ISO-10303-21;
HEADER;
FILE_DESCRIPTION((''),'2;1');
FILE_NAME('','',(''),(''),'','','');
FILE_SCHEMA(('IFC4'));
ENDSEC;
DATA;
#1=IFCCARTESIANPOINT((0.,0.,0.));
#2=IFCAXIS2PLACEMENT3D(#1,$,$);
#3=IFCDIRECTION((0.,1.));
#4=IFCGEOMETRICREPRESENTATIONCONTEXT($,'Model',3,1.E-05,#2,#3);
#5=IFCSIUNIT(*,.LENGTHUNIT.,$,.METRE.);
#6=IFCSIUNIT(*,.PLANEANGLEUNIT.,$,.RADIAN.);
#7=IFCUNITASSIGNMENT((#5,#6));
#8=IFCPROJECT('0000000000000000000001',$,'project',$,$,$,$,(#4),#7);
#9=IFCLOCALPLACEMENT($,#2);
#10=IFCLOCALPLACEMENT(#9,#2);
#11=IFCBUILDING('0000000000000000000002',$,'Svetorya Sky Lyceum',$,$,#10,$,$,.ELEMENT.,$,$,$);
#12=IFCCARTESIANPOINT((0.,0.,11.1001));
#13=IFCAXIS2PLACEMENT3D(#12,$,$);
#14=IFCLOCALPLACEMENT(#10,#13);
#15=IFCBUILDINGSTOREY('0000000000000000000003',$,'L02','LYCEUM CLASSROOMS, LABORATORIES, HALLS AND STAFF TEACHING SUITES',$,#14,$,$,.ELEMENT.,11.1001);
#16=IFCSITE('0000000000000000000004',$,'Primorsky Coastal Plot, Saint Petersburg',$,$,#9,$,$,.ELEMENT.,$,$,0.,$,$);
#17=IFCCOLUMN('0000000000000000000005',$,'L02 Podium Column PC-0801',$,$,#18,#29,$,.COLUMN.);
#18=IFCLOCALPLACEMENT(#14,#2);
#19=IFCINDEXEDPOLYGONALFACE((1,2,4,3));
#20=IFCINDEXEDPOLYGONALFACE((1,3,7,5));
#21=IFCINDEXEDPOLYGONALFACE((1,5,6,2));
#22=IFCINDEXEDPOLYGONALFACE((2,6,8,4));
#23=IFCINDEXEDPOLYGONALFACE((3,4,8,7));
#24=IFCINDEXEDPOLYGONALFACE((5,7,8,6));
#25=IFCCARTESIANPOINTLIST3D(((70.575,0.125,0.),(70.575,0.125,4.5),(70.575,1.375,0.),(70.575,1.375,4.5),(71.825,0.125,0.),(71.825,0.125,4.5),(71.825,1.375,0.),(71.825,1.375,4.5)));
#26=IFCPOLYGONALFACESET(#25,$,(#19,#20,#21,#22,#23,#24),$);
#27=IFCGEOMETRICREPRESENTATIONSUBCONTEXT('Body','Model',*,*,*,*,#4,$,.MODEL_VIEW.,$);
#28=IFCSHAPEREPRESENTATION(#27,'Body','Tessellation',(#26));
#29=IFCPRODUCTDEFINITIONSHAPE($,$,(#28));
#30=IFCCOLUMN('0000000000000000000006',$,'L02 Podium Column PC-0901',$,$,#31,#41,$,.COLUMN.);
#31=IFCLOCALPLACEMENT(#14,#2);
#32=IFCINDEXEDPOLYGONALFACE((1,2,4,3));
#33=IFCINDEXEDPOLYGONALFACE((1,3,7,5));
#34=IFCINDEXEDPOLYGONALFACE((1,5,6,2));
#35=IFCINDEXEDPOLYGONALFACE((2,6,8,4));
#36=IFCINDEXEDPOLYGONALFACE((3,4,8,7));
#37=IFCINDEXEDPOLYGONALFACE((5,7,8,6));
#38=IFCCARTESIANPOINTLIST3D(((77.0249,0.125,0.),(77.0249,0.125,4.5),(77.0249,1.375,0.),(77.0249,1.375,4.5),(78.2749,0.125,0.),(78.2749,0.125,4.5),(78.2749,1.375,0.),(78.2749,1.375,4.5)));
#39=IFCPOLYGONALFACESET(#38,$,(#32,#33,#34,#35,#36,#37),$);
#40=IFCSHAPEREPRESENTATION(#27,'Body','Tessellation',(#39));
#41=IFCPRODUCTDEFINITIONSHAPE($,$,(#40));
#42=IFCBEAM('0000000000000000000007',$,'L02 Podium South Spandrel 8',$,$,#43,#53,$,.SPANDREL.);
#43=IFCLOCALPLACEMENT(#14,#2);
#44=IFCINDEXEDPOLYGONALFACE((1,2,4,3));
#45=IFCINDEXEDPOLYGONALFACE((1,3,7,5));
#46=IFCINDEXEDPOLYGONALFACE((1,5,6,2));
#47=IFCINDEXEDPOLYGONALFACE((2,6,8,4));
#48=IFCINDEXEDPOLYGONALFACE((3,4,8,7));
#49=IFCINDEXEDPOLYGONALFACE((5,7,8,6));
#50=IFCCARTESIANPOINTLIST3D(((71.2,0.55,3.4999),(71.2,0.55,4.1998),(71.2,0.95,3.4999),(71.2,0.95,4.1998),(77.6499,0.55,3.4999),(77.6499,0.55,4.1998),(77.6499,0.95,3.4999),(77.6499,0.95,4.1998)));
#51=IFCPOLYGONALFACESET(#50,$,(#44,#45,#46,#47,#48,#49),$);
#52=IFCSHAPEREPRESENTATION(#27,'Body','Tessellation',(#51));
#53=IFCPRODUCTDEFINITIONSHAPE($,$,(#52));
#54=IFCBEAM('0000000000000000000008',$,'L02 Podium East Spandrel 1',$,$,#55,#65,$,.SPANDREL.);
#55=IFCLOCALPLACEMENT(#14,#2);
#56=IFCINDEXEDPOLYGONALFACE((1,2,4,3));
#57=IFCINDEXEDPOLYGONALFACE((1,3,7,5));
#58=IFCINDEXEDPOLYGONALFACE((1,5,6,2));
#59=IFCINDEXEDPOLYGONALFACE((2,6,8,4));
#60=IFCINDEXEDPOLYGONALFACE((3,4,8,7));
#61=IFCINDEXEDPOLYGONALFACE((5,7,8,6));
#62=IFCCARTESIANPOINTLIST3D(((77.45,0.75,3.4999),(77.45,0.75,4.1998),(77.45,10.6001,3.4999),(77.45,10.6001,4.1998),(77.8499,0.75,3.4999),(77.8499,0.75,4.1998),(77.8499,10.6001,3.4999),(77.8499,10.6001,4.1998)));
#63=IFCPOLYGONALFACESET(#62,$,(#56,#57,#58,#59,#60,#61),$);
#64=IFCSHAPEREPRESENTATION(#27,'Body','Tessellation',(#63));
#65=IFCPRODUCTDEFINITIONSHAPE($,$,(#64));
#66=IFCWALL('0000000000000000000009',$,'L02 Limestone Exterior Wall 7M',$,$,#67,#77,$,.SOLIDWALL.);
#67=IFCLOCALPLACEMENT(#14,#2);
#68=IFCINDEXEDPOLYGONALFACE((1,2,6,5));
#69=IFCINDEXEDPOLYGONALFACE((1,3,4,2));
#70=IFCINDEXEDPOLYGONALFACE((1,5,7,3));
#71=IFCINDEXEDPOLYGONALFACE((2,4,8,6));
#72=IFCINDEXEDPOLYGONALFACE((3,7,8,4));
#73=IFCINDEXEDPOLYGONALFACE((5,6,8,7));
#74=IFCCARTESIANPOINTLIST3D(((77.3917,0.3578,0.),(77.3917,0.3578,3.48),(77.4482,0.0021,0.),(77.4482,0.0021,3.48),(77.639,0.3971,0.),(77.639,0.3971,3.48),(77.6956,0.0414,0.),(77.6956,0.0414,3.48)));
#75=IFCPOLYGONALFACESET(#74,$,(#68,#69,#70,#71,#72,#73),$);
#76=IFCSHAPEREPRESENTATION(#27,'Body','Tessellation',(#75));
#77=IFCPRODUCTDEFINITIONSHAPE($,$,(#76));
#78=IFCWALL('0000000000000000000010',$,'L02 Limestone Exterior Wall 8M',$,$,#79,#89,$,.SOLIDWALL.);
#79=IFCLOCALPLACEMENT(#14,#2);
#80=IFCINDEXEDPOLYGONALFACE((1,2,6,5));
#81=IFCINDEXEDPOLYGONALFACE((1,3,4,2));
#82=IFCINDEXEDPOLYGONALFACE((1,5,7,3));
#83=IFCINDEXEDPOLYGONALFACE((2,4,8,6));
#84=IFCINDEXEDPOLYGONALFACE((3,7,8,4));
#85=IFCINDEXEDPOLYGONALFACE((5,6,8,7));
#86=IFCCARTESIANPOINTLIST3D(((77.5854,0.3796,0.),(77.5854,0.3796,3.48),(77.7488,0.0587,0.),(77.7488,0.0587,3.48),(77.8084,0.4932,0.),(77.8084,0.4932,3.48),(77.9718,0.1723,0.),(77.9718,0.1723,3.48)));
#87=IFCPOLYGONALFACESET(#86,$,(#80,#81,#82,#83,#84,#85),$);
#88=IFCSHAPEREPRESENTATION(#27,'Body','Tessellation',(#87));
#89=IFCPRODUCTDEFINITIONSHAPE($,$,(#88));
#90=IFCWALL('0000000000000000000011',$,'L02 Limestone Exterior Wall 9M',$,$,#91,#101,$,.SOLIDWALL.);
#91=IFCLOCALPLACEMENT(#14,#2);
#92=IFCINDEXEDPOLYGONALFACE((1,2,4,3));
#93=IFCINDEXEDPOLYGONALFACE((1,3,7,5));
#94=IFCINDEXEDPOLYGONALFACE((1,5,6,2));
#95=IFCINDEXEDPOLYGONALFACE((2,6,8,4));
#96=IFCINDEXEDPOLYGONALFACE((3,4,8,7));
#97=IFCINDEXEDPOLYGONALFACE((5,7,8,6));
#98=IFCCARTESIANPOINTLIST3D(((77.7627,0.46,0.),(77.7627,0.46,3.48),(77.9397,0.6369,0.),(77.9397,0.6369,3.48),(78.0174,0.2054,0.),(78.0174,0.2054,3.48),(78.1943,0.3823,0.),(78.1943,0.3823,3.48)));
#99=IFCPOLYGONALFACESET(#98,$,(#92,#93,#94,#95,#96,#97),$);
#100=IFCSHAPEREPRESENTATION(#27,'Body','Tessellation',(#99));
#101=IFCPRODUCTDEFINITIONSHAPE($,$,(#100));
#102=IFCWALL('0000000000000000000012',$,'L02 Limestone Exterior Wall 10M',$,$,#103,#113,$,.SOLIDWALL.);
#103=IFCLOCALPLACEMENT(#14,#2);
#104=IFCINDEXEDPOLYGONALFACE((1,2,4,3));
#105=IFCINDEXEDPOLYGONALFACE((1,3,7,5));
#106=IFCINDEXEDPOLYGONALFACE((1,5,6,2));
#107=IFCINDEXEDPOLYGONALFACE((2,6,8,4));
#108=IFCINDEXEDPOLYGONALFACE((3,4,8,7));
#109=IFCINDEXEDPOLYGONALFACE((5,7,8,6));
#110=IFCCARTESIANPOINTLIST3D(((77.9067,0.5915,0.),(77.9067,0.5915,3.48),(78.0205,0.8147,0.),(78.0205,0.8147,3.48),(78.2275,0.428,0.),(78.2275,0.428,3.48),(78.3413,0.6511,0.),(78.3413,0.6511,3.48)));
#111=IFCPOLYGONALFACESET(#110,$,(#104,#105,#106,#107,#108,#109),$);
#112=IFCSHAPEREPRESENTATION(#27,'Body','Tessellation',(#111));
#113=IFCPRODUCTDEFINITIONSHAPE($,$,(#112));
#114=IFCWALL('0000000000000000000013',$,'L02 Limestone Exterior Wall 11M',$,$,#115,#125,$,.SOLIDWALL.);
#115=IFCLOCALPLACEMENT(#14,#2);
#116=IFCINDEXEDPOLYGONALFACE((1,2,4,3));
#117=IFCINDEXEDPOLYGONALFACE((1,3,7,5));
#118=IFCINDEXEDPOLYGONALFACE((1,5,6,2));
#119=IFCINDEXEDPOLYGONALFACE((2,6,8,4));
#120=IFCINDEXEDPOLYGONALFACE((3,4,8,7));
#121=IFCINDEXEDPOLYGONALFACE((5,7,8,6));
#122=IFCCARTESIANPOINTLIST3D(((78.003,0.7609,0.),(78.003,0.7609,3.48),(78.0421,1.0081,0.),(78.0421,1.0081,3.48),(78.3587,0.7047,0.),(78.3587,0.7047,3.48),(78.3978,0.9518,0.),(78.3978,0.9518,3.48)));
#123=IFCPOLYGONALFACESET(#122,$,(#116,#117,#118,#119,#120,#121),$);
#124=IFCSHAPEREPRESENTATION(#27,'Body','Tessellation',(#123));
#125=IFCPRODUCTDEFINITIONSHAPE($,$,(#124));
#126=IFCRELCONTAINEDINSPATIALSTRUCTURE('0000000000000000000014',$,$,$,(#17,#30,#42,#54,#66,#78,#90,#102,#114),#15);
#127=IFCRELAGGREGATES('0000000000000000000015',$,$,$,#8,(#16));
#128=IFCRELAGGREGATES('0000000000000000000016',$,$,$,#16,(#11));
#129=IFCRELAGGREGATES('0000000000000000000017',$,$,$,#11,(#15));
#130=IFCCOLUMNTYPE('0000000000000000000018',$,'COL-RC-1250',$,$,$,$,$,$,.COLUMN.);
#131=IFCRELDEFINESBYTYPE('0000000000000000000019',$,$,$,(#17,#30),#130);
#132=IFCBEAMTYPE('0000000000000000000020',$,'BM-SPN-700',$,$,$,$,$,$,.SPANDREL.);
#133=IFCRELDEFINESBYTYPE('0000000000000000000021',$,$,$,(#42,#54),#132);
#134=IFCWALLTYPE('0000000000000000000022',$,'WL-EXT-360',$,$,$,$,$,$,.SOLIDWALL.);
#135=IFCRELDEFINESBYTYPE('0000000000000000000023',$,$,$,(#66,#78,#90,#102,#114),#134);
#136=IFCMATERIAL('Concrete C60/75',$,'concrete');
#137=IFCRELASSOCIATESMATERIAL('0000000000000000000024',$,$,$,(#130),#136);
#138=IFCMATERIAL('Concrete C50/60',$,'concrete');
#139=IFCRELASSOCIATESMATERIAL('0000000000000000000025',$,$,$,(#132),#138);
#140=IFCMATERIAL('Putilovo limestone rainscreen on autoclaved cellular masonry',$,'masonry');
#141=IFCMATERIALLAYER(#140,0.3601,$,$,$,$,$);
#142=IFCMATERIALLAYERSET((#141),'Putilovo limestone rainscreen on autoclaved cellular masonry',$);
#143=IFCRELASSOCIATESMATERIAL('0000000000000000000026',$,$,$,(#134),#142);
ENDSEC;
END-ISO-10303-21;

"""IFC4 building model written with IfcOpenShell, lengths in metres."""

from ifc_helpers import new_model, si_unit, direction, frame, frame_2d, origin, origin_2d, place, context, subcontext, project, spatial, rectangle, extrude, material, layer, layer_set, material_profile, profile_set, type_object, element, save


model = new_model("IFC4")

# Units and contexts
model_context = context("Model", 3, precision=1e-05, world=origin(), true_north=direction((0.0, 1.0)))
body_context = subcontext(model_context, "Body", "Model", "MODEL_VIEW")
ifc_project = project(units=[si_unit("LENGTHUNIT", "METRE"), si_unit("PLANEANGLEUNIT", "RADIAN")], contexts=[model_context])

# Site, building, storey
site_placement = place(None, origin())
site = spatial("IfcSite", under=ifc_project, at=site_placement, Name="Primorsky Coastal Plot, Saint Petersburg", CompositionType="ELEMENT", RefElevation=0.0)
building_placement = place(site_placement, origin())
building = spatial("IfcBuilding", under=site, at=building_placement, Name="Svetorya Sky Lyceum", CompositionType="ELEMENT")
storey_placement = place(building_placement, frame((0.0, 0.0, 11.1001)))
storey = spatial("IfcBuildingStorey", under=building, at=storey_placement, Name="L02", Description="LYCEUM CLASSROOMS, LABORATORIES, HALLS AND STAFF TEACHING SUITES", CompositionType="ELEMENT", Elevation=11.1001)

# Columns
ifc_material_1 = material(Name="Concrete C60/75", Category="concrete")
ifc_material_profile_1 = material_profile(ifc_material_1, rectangle(XDim=1.25, YDim=1.25, at=origin_2d()), Name="RC COL 1250x1250")
ifc_profile_set_1 = profile_set([ifc_material_profile_1], Name="Concrete C60/75")
column_type = type_object("IfcColumnType", Name="COL-RC-1250", PredefinedType="COLUMN", material=ifc_profile_set_1)
for number, where, z_axis, x_axis, name in (
    (1, (71.2, 0.75, 0.0), (0.0, 0.0, 1.0), (1.0, 0.0, 0.0), "L02 Podium Column PC-0801"),
    (2, (77.6499, 0.75, 0.0), (0.0, 0.0, 1.0), (1.0, 0.0, 0.0), "L02 Podium Column PC-0901"),
):
    element("IfcColumn", number, at=place(storey_placement, frame(where, z_axis=z_axis, x_axis=x_axis)), inside=storey, type_object=column_type, Name=name, PredefinedType="COLUMN", context=body_context, shape_type="SweptSolid", body=[
        extrude(rectangle(XDim=1.25, YDim=1.25, at=origin_2d()), origin(), (0.0, 0.0, 1.0), 4.5),
    ])

# Beams
ifc_material_2 = material(Name="Concrete C50/60", Category="concrete")
ifc_material_profile_2 = material_profile(ifc_material_2, rectangle(XDim=0.3999, YDim=0.7, at=origin_2d()), Name="RC SPANDREL 400x700")
ifc_profile_set_2 = profile_set([ifc_material_profile_2], Name="Concrete C50/60")
beam_type = type_object("IfcBeamType", Name="BM-SPN-700", PredefinedType="SPANDREL", material=ifc_profile_set_2)
beam_1_placement = place(storey_placement, frame((71.2, 0.75, 3.8499), z_axis=(1.0, 0.0, 0.0), x_axis=(0.0, 1.0, 0.0)))
element("IfcBeam", 3, at=beam_1_placement, inside=storey, type_object=beam_type, Name="L02 Podium South Spandrel 8", PredefinedType="SPANDREL", context=body_context, shape_type="SweptSolid", body=[
    extrude(rectangle(XDim=0.3999, YDim=0.7, at=origin_2d()), origin(), (0.0, 0.0, 1.0), 6.45),
])
beam_2_placement = place(storey_placement, frame((77.6499, 0.75, 3.8499), z_axis=(0.0, 1.0, 0.0), x_axis=(-1.0, 0.0, 0.0)))
element("IfcBeam", 4, at=beam_2_placement, inside=storey, type_object=beam_type, Name="L02 Podium East Spandrel 1", PredefinedType="SPANDREL", context=body_context, shape_type="SweptSolid", body=[
    extrude(rectangle(XDim=0.3999, YDim=0.7, at=origin_2d()), origin(), (0.0, 0.0, 1.0), 9.8501),
])

# Walls
ifc_material_3 = material(Name="Putilovo limestone rainscreen on autoclaved cellular masonry", Category="masonry")
ifc_layer = layer(ifc_material_3, 0.3601)
ifc_layer_set = layer_set([ifc_layer], Name="Putilovo limestone rainscreen on autoclaved cellular masonry")
wall_type = type_object("IfcWallType", Name="WL-EXT-360", PredefinedType="SOLIDWALL", material=ifc_layer_set)
wall_1_placement = place(storey_placement, frame((77.4199, 0.1799, 0.0), z_axis=(0.0, 0.0, 1.0), x_axis=(0.987604, 0.156964, 0.0)))
element("IfcWall", 5, at=wall_1_placement, inside=storey, type_object=wall_type, Name="L02 Limestone Exterior Wall 7M", PredefinedType="SOLIDWALL", context=body_context, shape_type="SweptSolid", body=[
    extrude(rectangle(XDim=0.2505, YDim=0.3601, at=frame_2d((0.1252, 0.0))), origin(), (0.0, 0.0, 1.0), 3.48),
])
for number, where, z_axis, x_axis, name in (
    (6, (77.6672, 0.2192, 0.0), (0.0, 0.0, 1.0), (0.891084, 0.453838, 0.0), "L02 Limestone Exterior Wall 8M"),
    (7, (77.8901, 0.3328, 0.0), (0.0, 0.0, 1.0), (0.707107, 0.707107, 0.0), "L02 Limestone Exterior Wall 9M"),
):
    element("IfcWall", number, at=place(storey_placement, frame(where, z_axis=z_axis, x_axis=x_axis)), inside=storey, type_object=wall_type, Name=name, PredefinedType="SOLIDWALL", context=body_context, shape_type="SweptSolid", body=[
        extrude(rectangle(XDim=0.2502, YDim=0.3601, at=frame_2d((0.125, 0.0))), origin(), (0.0, 0.0, 1.0), 3.48),
    ])
wall_2_placement = place(storey_placement, frame((78.0671, 0.5098, 0.0), z_axis=(0.0, 0.0, 1.0), x_axis=(0.454218, 0.890891, 0.0)))
element("IfcWall", 8, at=wall_2_placement, inside=storey, type_object=wall_type, Name="L02 Limestone Exterior Wall 10M", PredefinedType="SOLIDWALL", context=body_context, shape_type="SweptSolid", body=[
    extrude(rectangle(XDim=0.2505, YDim=0.3601, at=frame_2d((0.1252, 0.0))), origin(), (0.0, 0.0, 1.0), 3.48),
])
wall_3_placement = place(storey_placement, frame((78.1809, 0.7329, 0.0), z_axis=(0.0, 0.0, 1.0), x_axis=(0.156163, 0.987731, 0.0)))
element("IfcWall", 9, at=wall_3_placement, inside=storey, type_object=wall_type, Name="L02 Limestone Exterior Wall 11M", PredefinedType="SOLIDWALL", context=body_context, shape_type="SweptSolid", body=[
    extrude(rectangle(XDim=0.2502, YDim=0.3601, at=frame_2d((0.125, 0.0))), origin(), (0.0, 0.0, 1.0), 3.48),
])

save(model, "model.ifc")
